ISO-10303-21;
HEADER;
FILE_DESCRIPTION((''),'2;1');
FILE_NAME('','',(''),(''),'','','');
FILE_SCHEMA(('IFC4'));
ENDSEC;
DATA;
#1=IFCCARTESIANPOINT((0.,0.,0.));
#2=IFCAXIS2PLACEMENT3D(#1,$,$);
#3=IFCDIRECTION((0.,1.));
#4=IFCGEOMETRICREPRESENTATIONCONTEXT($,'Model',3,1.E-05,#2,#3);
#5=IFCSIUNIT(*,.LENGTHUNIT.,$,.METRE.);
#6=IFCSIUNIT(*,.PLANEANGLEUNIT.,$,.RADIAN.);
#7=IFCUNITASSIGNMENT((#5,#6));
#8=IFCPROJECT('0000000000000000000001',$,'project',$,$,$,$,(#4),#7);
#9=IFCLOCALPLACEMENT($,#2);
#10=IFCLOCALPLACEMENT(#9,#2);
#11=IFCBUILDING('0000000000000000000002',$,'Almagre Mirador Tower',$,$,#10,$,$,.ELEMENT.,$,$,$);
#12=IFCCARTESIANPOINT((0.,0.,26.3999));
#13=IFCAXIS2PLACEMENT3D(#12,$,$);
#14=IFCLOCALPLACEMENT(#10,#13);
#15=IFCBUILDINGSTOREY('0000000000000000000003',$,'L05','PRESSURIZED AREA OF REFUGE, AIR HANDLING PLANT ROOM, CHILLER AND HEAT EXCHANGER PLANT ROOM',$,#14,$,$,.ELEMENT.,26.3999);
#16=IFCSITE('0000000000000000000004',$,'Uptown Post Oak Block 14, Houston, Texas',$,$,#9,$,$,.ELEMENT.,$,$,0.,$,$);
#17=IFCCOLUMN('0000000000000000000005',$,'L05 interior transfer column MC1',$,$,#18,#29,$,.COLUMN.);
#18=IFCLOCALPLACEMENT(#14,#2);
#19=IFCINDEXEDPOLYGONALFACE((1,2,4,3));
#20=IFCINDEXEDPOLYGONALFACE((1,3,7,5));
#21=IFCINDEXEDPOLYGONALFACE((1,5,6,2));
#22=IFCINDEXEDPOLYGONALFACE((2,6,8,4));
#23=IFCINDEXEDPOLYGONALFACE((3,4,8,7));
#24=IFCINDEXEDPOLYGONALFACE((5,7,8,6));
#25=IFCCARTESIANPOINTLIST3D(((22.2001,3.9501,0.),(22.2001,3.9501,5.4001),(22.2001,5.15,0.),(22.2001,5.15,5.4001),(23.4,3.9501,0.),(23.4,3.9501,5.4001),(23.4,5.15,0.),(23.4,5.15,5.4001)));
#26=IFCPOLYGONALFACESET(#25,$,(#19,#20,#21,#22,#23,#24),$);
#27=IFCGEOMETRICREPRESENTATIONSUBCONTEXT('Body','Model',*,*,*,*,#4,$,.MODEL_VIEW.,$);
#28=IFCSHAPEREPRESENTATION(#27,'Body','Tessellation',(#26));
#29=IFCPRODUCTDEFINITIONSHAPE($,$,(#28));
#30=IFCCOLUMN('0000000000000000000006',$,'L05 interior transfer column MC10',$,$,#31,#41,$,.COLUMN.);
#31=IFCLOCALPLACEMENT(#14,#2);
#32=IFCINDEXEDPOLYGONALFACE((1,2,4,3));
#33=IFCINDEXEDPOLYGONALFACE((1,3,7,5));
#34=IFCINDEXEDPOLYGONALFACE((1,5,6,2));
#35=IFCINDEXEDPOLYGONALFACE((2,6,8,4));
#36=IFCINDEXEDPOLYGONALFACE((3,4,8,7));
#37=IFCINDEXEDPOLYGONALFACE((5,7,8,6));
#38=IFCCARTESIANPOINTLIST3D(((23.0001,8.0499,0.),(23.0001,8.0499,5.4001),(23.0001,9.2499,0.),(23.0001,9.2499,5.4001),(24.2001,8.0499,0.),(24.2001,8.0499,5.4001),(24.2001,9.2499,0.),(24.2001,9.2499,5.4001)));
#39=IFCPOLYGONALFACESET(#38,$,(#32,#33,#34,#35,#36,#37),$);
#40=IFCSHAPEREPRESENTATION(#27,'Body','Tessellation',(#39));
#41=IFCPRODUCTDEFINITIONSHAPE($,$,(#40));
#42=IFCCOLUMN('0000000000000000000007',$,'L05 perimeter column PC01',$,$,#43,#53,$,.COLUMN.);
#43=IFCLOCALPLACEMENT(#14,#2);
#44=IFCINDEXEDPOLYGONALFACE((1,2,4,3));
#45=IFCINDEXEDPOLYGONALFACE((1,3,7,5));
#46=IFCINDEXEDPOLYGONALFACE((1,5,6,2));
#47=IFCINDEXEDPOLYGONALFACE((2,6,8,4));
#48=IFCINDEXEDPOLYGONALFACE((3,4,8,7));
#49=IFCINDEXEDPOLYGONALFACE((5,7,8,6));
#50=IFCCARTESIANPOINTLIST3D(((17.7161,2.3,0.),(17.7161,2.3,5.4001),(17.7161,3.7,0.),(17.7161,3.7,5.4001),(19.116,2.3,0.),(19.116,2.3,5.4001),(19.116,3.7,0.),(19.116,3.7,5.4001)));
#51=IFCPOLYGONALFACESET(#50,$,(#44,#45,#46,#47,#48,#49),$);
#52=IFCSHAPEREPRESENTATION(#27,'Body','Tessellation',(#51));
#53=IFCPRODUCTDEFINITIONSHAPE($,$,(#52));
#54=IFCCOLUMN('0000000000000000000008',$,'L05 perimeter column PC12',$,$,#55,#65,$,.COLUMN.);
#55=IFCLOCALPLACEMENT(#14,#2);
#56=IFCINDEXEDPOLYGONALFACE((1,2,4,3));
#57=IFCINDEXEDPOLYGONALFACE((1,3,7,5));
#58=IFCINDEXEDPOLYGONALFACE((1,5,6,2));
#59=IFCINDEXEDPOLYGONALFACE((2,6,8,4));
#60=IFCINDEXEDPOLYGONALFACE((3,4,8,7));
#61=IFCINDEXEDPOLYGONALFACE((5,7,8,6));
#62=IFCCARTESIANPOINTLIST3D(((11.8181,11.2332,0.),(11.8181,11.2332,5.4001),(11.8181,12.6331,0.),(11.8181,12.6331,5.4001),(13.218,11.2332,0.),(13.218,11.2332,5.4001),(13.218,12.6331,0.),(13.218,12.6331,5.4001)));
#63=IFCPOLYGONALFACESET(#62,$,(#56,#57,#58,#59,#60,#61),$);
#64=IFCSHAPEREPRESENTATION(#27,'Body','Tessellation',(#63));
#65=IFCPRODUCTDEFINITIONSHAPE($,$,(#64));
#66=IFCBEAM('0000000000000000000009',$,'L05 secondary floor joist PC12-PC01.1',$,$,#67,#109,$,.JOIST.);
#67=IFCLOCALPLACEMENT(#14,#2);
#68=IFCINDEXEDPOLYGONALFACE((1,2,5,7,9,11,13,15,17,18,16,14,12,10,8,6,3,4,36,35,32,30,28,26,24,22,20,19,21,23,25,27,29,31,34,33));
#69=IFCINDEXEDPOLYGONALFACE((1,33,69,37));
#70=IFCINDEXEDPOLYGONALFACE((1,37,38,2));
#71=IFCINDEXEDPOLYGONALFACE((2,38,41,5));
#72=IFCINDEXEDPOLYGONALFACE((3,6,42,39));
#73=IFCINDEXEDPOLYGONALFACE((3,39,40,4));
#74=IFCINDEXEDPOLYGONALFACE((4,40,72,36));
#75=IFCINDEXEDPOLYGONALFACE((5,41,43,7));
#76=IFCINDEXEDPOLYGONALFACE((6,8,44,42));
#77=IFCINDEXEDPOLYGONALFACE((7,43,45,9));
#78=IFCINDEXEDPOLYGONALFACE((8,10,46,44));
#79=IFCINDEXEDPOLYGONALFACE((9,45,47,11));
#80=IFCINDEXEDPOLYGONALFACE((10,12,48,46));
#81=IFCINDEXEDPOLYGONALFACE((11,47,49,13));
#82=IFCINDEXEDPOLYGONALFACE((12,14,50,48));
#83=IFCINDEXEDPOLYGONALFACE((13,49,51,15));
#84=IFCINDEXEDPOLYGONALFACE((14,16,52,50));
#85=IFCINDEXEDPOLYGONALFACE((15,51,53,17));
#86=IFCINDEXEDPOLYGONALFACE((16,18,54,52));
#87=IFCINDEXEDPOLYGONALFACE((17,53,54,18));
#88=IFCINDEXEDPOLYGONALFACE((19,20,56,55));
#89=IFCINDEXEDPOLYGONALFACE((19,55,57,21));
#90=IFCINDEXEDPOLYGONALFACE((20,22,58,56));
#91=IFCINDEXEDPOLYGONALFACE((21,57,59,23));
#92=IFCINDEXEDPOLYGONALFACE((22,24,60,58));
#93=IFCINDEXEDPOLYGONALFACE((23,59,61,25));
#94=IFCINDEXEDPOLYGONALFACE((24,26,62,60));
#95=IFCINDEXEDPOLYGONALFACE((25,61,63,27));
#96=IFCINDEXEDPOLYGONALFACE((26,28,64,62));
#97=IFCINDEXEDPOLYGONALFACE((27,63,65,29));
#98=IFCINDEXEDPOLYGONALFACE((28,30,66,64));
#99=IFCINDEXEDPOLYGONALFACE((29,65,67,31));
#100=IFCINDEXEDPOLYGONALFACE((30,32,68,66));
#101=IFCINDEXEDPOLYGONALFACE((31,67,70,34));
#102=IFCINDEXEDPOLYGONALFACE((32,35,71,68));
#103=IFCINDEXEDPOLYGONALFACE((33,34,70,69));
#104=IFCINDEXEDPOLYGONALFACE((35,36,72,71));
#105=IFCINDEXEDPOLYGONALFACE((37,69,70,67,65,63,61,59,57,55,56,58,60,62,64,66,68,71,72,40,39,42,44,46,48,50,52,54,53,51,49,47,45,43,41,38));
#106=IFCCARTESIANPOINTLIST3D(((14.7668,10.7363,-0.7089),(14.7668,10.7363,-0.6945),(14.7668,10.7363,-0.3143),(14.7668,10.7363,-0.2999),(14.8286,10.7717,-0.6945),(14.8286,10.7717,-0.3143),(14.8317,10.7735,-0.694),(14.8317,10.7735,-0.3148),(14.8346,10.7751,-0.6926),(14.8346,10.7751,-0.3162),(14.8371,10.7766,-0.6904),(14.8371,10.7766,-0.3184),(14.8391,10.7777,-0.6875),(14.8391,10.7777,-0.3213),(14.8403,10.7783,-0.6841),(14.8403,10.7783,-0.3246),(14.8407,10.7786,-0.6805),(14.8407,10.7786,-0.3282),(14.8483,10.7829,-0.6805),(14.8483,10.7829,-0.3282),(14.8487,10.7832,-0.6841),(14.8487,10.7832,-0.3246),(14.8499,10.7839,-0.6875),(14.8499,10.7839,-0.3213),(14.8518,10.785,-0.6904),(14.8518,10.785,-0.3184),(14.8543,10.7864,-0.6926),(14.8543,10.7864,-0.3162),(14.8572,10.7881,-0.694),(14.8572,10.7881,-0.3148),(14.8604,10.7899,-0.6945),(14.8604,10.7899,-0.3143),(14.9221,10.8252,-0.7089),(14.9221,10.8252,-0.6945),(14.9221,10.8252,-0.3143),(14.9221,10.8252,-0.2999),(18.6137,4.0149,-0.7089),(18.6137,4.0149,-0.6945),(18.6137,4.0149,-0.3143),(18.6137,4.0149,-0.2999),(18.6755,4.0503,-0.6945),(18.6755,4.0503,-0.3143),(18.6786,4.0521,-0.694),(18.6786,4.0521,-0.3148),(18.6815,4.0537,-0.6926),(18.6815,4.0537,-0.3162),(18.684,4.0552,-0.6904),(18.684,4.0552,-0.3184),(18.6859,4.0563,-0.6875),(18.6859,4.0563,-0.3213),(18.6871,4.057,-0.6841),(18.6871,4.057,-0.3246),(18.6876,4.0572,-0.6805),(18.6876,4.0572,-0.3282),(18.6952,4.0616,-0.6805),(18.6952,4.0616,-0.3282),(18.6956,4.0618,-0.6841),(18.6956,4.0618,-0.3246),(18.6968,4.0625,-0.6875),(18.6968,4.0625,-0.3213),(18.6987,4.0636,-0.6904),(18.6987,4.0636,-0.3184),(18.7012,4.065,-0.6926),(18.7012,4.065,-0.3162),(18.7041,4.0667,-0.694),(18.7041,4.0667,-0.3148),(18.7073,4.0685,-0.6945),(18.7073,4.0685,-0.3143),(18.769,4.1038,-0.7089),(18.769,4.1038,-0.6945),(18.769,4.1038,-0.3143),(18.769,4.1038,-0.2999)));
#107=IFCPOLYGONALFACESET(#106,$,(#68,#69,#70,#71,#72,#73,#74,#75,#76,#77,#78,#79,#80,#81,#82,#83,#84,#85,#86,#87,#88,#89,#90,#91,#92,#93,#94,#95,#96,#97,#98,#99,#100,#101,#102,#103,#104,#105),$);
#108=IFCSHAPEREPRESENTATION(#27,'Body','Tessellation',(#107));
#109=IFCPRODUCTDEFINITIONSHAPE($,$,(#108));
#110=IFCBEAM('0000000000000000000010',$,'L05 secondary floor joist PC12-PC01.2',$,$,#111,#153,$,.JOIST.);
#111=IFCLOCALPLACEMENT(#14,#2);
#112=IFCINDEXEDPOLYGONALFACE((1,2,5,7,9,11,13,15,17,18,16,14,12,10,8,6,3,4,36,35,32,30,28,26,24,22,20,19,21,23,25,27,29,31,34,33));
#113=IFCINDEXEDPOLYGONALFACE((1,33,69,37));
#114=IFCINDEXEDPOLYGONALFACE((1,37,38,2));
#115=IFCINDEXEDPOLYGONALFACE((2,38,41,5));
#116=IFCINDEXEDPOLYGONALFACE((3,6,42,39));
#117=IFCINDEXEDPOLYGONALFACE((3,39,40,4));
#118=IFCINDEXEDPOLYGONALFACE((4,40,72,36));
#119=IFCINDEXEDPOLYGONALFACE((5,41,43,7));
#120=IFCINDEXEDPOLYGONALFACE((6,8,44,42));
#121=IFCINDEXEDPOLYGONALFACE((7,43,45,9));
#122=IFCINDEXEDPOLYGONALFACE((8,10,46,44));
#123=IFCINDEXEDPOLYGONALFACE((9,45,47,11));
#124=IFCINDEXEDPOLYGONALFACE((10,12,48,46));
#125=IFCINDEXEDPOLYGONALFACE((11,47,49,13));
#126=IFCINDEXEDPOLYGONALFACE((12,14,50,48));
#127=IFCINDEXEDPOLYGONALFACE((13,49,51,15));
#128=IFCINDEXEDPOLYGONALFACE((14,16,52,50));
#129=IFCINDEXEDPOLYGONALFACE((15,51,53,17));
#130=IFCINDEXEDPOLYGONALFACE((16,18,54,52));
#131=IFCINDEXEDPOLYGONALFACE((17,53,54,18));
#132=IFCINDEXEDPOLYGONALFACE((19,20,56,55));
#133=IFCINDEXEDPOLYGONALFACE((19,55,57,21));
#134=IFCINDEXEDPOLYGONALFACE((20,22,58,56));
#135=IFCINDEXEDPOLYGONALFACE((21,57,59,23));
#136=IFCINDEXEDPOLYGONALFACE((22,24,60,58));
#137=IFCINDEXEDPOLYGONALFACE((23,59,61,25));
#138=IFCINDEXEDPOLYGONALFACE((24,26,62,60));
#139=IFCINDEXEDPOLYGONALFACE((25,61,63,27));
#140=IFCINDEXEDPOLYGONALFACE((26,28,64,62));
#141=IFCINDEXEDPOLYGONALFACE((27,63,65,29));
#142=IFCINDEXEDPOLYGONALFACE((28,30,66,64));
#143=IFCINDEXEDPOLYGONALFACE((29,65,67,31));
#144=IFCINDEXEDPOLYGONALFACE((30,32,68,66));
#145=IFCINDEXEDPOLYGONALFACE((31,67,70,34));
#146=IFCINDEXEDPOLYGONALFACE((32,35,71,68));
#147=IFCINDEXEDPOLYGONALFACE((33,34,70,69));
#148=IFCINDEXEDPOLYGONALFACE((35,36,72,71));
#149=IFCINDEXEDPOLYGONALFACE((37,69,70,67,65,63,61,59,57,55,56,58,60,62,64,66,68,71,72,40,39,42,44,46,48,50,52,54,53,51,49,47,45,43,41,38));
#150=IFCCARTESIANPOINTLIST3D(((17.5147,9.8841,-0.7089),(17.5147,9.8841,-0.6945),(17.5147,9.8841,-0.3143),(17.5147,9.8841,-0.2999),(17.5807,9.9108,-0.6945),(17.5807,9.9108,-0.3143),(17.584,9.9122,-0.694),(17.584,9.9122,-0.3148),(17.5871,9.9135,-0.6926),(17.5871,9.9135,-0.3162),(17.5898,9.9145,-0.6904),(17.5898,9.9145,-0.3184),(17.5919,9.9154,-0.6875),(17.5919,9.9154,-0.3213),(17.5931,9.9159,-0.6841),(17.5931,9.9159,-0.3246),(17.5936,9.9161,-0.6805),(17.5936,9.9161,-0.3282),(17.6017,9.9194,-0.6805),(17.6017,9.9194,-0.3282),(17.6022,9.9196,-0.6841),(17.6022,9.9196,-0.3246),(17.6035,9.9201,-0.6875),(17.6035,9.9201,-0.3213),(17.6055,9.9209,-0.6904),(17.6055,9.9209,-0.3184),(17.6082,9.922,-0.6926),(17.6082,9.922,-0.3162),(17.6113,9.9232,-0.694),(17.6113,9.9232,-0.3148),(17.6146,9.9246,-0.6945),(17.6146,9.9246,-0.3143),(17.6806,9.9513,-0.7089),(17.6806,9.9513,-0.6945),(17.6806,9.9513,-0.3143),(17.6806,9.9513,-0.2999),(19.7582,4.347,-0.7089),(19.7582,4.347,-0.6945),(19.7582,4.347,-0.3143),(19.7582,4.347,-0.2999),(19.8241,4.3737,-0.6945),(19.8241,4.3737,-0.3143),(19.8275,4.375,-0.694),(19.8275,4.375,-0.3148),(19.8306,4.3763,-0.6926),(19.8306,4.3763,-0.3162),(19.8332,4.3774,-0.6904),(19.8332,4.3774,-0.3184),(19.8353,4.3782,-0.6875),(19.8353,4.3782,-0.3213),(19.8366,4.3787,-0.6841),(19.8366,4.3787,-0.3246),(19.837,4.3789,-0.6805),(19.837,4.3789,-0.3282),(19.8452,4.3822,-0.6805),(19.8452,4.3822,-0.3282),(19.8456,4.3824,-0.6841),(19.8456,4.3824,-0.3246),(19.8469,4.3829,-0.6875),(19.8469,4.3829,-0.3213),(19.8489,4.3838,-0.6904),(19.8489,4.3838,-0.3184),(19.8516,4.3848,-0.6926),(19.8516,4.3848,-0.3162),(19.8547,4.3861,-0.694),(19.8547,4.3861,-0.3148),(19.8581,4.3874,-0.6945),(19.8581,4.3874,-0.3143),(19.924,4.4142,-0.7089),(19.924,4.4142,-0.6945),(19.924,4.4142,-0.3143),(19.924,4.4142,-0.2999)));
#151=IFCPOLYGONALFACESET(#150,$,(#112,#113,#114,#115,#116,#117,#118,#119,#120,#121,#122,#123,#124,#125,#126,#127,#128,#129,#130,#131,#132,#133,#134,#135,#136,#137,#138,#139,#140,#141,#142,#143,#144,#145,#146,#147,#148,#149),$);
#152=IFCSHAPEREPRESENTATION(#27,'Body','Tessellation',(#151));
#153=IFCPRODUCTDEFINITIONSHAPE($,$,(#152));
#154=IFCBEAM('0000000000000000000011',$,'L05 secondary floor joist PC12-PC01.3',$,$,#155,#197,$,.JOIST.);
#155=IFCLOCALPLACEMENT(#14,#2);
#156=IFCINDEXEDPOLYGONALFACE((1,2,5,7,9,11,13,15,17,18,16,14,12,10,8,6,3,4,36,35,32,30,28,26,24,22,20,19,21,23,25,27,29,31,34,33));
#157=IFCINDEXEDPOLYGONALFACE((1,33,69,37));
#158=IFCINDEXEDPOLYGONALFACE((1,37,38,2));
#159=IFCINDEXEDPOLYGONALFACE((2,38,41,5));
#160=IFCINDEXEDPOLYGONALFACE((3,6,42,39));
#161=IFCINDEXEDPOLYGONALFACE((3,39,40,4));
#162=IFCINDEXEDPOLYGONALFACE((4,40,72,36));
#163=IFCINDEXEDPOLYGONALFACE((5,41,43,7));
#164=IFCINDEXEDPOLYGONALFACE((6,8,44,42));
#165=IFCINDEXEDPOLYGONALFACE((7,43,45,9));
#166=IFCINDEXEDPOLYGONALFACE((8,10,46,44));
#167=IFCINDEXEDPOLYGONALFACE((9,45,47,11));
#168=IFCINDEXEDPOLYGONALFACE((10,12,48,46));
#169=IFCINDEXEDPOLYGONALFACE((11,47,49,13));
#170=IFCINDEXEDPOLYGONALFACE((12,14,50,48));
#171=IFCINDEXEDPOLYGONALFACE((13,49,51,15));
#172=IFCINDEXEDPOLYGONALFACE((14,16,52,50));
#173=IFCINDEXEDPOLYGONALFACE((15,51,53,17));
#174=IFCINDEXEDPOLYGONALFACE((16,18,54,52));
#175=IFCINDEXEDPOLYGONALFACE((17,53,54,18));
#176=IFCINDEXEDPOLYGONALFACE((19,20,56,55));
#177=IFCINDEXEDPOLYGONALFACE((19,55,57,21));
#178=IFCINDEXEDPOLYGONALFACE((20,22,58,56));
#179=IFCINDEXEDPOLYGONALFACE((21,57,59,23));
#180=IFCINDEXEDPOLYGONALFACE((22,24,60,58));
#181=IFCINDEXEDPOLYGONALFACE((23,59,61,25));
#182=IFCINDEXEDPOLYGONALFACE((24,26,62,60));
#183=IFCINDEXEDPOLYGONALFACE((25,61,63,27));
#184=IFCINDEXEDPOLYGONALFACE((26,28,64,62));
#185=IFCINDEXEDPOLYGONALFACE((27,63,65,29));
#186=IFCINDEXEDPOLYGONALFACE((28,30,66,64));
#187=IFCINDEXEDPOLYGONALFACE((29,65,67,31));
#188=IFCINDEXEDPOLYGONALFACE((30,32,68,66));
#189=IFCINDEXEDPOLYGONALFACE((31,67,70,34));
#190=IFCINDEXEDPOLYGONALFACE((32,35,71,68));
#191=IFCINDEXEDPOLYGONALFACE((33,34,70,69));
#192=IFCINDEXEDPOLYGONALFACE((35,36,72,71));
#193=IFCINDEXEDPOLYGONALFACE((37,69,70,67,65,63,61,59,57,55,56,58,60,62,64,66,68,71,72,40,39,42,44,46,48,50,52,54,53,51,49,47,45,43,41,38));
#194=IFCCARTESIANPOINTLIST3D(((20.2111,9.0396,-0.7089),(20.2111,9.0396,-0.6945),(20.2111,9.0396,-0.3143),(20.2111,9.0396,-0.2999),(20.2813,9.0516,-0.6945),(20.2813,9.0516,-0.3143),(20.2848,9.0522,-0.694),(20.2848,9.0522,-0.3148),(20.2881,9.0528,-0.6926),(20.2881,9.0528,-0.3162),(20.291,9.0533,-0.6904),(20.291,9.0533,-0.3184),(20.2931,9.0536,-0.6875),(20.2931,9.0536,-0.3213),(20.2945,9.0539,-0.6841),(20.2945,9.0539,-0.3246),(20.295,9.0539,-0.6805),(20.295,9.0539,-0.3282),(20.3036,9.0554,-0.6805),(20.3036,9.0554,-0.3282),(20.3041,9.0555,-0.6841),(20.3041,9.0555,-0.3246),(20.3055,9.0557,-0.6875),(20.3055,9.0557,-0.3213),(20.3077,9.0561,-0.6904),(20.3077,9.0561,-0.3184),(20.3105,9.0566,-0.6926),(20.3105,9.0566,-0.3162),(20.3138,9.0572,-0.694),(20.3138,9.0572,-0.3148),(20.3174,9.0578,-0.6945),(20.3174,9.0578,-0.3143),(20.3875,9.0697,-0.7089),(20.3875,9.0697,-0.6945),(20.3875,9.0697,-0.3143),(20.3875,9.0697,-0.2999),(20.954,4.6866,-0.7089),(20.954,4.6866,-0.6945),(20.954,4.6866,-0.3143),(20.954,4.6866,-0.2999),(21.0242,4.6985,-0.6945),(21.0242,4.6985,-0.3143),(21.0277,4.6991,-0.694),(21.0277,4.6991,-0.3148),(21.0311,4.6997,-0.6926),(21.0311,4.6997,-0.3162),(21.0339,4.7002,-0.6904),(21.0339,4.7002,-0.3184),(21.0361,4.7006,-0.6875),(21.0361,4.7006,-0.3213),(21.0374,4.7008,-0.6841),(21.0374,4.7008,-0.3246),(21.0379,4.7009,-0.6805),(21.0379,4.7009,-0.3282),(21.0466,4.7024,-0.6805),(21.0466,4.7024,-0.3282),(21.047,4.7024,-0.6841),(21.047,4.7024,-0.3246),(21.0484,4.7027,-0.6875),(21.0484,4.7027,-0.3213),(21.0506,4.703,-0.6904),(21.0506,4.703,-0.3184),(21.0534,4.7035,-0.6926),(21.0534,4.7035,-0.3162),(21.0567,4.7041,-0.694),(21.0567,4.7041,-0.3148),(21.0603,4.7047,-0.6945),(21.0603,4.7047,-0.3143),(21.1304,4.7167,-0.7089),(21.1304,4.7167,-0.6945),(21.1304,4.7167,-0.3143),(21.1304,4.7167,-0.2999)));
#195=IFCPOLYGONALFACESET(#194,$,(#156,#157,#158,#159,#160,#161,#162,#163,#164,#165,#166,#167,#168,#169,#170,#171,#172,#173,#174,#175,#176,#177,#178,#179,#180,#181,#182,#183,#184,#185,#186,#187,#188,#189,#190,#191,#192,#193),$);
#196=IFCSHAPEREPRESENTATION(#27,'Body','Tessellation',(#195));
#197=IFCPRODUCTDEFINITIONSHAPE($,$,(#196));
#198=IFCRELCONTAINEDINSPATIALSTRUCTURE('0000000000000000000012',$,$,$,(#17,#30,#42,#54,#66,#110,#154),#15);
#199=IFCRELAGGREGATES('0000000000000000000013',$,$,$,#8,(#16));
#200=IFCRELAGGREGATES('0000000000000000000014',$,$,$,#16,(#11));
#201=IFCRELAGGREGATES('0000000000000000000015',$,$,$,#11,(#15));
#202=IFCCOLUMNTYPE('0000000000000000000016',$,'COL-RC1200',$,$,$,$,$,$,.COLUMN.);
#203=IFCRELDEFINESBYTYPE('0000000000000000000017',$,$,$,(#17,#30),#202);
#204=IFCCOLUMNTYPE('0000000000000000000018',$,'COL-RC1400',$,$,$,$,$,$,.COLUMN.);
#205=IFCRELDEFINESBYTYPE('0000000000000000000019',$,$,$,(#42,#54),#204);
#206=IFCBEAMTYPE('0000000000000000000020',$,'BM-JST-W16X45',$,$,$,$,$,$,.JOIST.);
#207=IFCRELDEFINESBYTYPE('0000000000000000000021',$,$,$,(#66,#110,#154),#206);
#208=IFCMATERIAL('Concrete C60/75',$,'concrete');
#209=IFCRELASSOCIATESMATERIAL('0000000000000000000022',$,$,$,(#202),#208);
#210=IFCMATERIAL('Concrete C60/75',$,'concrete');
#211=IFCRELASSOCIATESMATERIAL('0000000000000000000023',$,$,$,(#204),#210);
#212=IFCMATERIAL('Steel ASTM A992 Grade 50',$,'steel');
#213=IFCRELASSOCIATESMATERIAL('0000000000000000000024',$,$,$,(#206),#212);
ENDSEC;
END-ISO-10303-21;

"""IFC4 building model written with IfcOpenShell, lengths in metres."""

from ifc_helpers import new_model, si_unit, direction, frame, origin, origin_2d, place, context, subcontext, project, spatial, rectangle, i_section, extrude, material, material_profile, profile_set, type_object, element, save


model = new_model("IFC4")

# Units and contexts
model_context = context("Model", 3, precision=1e-05, world=origin(), true_north=direction((0.0, 1.0)))
body_context = subcontext(model_context, "Body", "Model", "MODEL_VIEW")
ifc_project = project(units=[si_unit("LENGTHUNIT", "METRE"), si_unit("PLANEANGLEUNIT", "RADIAN")], contexts=[model_context])

# Site, building, storey
site_placement = place(None, origin())
site = spatial("IfcSite", under=ifc_project, at=site_placement, Name="Uptown Post Oak Block 14, Houston, Texas", CompositionType="ELEMENT", RefElevation=0.0)
building_placement = place(site_placement, origin())
building = spatial("IfcBuilding", under=site, at=building_placement, Name="Almagre Mirador Tower", CompositionType="ELEMENT")
storey_placement = place(building_placement, frame((0.0, 0.0, 26.3999)))
storey = spatial("IfcBuildingStorey", under=building, at=storey_placement, Name="L05", Description="PRESSURIZED AREA OF REFUGE, AIR HANDLING PLANT ROOM, CHILLER AND HEAT EXCHANGER PLANT ROOM", CompositionType="ELEMENT", Elevation=26.3999)

# Columns
ifc_material_1 = material(Name="Concrete C60/75", Category="concrete")
ifc_material_profile_1 = material_profile(ifc_material_1, rectangle(XDim=1.2, YDim=1.2, at=origin_2d()), Name="RC1200X1200")
ifc_profile_set_1 = profile_set([ifc_material_profile_1], Name="Concrete C60/75")
column_type_1 = type_object("IfcColumnType", Name="COL-RC1200", PredefinedType="COLUMN", material=ifc_profile_set_1)
for number, where, z_axis, x_axis, name in (
    (1, (22.8, 4.55, 0.0), (0.0, 0.0, 1.0), (1.0, 0.0, 0.0), "L05 interior transfer column MC1"),
    (2, (23.6001, 8.6499, 0.0), (0.0, 0.0, 1.0), (1.0, 0.0, 0.0), "L05 interior transfer column MC10"),
):
    element("IfcColumn", number, at=place(storey_placement, frame(where, z_axis=z_axis, x_axis=x_axis)), inside=storey, type_object=column_type_1, Name=name, PredefinedType="COLUMN", context=body_context, shape_type="SweptSolid", body=[
        extrude(rectangle(XDim=1.2, YDim=1.2, at=origin_2d()), origin(), (0.0, 0.0, 1.0), 5.4001),
    ])
ifc_material_2 = material(Name="Concrete C60/75", Category="concrete")
ifc_material_profile_2 = material_profile(ifc_material_2, rectangle(XDim=1.3999, YDim=1.3999, at=origin_2d()), Name="RC1400X1400")
ifc_profile_set_2 = profile_set([ifc_material_profile_2], Name="Concrete C60/75")
column_type_2 = type_object("IfcColumnType", Name="COL-RC1400", PredefinedType="COLUMN", material=ifc_profile_set_2)
for number, where, z_axis, x_axis, name in (
    (3, (18.416, 3.0, 0.0), (0.0, 0.0, 1.0), (1.0, 0.0, 0.0), "L05 perimeter column PC01"),
    (4, (12.5181, 11.9331, 0.0), (0.0, 0.0, 1.0), (1.0, 0.0, 0.0), "L05 perimeter column PC12"),
):
    element("IfcColumn", number, at=place(storey_placement, frame(where, z_axis=z_axis, x_axis=x_axis)), inside=storey, type_object=column_type_2, Name=name, PredefinedType="COLUMN", context=body_context, shape_type="SweptSolid", body=[
        extrude(rectangle(XDim=1.3999, YDim=1.3999, at=origin_2d()), origin(), (0.0, 0.0, 1.0), 5.4001),
    ])

# Beams
ifc_material_3 = material(Name="Steel ASTM A992 Grade 50", Category="steel")
ifc_material_profile_3 = material_profile(ifc_material_3, i_section(OverallWidth=0.179, OverallDepth=0.4089, WebThickness=0.0088, FlangeThickness=0.0144, FilletRadius=0.0139, at=origin_2d()), Name="W16X45")
ifc_profile_set_3 = profile_set([ifc_material_profile_3], Name="Steel ASTM A992 Grade 50")
beam_type_1 = type_object("IfcBeamType", Name="BM-JST-W16X45", PredefinedType="JOIST", material=ifc_profile_set_3)
beam_1_placement = place(storey_placement, frame((14.8445, 10.7808, -0.5044), z_axis=(0.496733, -0.867903, 0.0), x_axis=(0.867903, 0.496733, 0.0)))
element("IfcBeam", 5, at=beam_1_placement, inside=storey, type_object=beam_type_1, Name="L05 secondary floor joist PC12-PC01.1", PredefinedType="JOIST", context=body_context, shape_type="SweptSolid", body=[
    extrude(i_section(OverallWidth=0.179, OverallDepth=0.4089, WebThickness=0.0088, FlangeThickness=0.0144, FilletRadius=0.0139, at=origin_2d()), origin(), (0.0, 0.0, 1.0), 7.7444),
])
beam_2_placement = place(storey_placement, frame((17.5977, 9.9177, -0.5044), z_axis=(0.375509, -0.926819, 0.0), x_axis=(0.926819, 0.375509, 0.0)))
element("IfcBeam", 6, at=beam_2_placement, inside=storey, type_object=beam_type_1, Name="L05 secondary floor joist PC12-PC01.2", PredefinedType="JOIST", context=body_context, shape_type="SweptSolid", body=[
    extrude(i_section(OverallWidth=0.179, OverallDepth=0.4089, WebThickness=0.0088, FlangeThickness=0.0144, FilletRadius=0.0139, at=origin_2d()), origin(), (0.0, 0.0, 1.0), 5.9744),
])
beam_3_placement = place(storey_placement, frame((20.2993, 9.0547, -0.5044), z_axis=(0.168235, -0.985747, 0.0), x_axis=(0.985747, 0.168235, 0.0)))
element("IfcBeam", 7, at=beam_3_placement, inside=storey, type_object=beam_type_1, Name="L05 secondary floor joist PC12-PC01.3", PredefinedType="JOIST", context=body_context, shape_type="SweptSolid", body=[
    extrude(i_section(OverallWidth=0.179, OverallDepth=0.4089, WebThickness=0.0088, FlangeThickness=0.0144, FilletRadius=0.0139, at=origin_2d()), origin(), (0.0, 0.0, 1.0), 4.416),
])

save(model, "model.ifc")
